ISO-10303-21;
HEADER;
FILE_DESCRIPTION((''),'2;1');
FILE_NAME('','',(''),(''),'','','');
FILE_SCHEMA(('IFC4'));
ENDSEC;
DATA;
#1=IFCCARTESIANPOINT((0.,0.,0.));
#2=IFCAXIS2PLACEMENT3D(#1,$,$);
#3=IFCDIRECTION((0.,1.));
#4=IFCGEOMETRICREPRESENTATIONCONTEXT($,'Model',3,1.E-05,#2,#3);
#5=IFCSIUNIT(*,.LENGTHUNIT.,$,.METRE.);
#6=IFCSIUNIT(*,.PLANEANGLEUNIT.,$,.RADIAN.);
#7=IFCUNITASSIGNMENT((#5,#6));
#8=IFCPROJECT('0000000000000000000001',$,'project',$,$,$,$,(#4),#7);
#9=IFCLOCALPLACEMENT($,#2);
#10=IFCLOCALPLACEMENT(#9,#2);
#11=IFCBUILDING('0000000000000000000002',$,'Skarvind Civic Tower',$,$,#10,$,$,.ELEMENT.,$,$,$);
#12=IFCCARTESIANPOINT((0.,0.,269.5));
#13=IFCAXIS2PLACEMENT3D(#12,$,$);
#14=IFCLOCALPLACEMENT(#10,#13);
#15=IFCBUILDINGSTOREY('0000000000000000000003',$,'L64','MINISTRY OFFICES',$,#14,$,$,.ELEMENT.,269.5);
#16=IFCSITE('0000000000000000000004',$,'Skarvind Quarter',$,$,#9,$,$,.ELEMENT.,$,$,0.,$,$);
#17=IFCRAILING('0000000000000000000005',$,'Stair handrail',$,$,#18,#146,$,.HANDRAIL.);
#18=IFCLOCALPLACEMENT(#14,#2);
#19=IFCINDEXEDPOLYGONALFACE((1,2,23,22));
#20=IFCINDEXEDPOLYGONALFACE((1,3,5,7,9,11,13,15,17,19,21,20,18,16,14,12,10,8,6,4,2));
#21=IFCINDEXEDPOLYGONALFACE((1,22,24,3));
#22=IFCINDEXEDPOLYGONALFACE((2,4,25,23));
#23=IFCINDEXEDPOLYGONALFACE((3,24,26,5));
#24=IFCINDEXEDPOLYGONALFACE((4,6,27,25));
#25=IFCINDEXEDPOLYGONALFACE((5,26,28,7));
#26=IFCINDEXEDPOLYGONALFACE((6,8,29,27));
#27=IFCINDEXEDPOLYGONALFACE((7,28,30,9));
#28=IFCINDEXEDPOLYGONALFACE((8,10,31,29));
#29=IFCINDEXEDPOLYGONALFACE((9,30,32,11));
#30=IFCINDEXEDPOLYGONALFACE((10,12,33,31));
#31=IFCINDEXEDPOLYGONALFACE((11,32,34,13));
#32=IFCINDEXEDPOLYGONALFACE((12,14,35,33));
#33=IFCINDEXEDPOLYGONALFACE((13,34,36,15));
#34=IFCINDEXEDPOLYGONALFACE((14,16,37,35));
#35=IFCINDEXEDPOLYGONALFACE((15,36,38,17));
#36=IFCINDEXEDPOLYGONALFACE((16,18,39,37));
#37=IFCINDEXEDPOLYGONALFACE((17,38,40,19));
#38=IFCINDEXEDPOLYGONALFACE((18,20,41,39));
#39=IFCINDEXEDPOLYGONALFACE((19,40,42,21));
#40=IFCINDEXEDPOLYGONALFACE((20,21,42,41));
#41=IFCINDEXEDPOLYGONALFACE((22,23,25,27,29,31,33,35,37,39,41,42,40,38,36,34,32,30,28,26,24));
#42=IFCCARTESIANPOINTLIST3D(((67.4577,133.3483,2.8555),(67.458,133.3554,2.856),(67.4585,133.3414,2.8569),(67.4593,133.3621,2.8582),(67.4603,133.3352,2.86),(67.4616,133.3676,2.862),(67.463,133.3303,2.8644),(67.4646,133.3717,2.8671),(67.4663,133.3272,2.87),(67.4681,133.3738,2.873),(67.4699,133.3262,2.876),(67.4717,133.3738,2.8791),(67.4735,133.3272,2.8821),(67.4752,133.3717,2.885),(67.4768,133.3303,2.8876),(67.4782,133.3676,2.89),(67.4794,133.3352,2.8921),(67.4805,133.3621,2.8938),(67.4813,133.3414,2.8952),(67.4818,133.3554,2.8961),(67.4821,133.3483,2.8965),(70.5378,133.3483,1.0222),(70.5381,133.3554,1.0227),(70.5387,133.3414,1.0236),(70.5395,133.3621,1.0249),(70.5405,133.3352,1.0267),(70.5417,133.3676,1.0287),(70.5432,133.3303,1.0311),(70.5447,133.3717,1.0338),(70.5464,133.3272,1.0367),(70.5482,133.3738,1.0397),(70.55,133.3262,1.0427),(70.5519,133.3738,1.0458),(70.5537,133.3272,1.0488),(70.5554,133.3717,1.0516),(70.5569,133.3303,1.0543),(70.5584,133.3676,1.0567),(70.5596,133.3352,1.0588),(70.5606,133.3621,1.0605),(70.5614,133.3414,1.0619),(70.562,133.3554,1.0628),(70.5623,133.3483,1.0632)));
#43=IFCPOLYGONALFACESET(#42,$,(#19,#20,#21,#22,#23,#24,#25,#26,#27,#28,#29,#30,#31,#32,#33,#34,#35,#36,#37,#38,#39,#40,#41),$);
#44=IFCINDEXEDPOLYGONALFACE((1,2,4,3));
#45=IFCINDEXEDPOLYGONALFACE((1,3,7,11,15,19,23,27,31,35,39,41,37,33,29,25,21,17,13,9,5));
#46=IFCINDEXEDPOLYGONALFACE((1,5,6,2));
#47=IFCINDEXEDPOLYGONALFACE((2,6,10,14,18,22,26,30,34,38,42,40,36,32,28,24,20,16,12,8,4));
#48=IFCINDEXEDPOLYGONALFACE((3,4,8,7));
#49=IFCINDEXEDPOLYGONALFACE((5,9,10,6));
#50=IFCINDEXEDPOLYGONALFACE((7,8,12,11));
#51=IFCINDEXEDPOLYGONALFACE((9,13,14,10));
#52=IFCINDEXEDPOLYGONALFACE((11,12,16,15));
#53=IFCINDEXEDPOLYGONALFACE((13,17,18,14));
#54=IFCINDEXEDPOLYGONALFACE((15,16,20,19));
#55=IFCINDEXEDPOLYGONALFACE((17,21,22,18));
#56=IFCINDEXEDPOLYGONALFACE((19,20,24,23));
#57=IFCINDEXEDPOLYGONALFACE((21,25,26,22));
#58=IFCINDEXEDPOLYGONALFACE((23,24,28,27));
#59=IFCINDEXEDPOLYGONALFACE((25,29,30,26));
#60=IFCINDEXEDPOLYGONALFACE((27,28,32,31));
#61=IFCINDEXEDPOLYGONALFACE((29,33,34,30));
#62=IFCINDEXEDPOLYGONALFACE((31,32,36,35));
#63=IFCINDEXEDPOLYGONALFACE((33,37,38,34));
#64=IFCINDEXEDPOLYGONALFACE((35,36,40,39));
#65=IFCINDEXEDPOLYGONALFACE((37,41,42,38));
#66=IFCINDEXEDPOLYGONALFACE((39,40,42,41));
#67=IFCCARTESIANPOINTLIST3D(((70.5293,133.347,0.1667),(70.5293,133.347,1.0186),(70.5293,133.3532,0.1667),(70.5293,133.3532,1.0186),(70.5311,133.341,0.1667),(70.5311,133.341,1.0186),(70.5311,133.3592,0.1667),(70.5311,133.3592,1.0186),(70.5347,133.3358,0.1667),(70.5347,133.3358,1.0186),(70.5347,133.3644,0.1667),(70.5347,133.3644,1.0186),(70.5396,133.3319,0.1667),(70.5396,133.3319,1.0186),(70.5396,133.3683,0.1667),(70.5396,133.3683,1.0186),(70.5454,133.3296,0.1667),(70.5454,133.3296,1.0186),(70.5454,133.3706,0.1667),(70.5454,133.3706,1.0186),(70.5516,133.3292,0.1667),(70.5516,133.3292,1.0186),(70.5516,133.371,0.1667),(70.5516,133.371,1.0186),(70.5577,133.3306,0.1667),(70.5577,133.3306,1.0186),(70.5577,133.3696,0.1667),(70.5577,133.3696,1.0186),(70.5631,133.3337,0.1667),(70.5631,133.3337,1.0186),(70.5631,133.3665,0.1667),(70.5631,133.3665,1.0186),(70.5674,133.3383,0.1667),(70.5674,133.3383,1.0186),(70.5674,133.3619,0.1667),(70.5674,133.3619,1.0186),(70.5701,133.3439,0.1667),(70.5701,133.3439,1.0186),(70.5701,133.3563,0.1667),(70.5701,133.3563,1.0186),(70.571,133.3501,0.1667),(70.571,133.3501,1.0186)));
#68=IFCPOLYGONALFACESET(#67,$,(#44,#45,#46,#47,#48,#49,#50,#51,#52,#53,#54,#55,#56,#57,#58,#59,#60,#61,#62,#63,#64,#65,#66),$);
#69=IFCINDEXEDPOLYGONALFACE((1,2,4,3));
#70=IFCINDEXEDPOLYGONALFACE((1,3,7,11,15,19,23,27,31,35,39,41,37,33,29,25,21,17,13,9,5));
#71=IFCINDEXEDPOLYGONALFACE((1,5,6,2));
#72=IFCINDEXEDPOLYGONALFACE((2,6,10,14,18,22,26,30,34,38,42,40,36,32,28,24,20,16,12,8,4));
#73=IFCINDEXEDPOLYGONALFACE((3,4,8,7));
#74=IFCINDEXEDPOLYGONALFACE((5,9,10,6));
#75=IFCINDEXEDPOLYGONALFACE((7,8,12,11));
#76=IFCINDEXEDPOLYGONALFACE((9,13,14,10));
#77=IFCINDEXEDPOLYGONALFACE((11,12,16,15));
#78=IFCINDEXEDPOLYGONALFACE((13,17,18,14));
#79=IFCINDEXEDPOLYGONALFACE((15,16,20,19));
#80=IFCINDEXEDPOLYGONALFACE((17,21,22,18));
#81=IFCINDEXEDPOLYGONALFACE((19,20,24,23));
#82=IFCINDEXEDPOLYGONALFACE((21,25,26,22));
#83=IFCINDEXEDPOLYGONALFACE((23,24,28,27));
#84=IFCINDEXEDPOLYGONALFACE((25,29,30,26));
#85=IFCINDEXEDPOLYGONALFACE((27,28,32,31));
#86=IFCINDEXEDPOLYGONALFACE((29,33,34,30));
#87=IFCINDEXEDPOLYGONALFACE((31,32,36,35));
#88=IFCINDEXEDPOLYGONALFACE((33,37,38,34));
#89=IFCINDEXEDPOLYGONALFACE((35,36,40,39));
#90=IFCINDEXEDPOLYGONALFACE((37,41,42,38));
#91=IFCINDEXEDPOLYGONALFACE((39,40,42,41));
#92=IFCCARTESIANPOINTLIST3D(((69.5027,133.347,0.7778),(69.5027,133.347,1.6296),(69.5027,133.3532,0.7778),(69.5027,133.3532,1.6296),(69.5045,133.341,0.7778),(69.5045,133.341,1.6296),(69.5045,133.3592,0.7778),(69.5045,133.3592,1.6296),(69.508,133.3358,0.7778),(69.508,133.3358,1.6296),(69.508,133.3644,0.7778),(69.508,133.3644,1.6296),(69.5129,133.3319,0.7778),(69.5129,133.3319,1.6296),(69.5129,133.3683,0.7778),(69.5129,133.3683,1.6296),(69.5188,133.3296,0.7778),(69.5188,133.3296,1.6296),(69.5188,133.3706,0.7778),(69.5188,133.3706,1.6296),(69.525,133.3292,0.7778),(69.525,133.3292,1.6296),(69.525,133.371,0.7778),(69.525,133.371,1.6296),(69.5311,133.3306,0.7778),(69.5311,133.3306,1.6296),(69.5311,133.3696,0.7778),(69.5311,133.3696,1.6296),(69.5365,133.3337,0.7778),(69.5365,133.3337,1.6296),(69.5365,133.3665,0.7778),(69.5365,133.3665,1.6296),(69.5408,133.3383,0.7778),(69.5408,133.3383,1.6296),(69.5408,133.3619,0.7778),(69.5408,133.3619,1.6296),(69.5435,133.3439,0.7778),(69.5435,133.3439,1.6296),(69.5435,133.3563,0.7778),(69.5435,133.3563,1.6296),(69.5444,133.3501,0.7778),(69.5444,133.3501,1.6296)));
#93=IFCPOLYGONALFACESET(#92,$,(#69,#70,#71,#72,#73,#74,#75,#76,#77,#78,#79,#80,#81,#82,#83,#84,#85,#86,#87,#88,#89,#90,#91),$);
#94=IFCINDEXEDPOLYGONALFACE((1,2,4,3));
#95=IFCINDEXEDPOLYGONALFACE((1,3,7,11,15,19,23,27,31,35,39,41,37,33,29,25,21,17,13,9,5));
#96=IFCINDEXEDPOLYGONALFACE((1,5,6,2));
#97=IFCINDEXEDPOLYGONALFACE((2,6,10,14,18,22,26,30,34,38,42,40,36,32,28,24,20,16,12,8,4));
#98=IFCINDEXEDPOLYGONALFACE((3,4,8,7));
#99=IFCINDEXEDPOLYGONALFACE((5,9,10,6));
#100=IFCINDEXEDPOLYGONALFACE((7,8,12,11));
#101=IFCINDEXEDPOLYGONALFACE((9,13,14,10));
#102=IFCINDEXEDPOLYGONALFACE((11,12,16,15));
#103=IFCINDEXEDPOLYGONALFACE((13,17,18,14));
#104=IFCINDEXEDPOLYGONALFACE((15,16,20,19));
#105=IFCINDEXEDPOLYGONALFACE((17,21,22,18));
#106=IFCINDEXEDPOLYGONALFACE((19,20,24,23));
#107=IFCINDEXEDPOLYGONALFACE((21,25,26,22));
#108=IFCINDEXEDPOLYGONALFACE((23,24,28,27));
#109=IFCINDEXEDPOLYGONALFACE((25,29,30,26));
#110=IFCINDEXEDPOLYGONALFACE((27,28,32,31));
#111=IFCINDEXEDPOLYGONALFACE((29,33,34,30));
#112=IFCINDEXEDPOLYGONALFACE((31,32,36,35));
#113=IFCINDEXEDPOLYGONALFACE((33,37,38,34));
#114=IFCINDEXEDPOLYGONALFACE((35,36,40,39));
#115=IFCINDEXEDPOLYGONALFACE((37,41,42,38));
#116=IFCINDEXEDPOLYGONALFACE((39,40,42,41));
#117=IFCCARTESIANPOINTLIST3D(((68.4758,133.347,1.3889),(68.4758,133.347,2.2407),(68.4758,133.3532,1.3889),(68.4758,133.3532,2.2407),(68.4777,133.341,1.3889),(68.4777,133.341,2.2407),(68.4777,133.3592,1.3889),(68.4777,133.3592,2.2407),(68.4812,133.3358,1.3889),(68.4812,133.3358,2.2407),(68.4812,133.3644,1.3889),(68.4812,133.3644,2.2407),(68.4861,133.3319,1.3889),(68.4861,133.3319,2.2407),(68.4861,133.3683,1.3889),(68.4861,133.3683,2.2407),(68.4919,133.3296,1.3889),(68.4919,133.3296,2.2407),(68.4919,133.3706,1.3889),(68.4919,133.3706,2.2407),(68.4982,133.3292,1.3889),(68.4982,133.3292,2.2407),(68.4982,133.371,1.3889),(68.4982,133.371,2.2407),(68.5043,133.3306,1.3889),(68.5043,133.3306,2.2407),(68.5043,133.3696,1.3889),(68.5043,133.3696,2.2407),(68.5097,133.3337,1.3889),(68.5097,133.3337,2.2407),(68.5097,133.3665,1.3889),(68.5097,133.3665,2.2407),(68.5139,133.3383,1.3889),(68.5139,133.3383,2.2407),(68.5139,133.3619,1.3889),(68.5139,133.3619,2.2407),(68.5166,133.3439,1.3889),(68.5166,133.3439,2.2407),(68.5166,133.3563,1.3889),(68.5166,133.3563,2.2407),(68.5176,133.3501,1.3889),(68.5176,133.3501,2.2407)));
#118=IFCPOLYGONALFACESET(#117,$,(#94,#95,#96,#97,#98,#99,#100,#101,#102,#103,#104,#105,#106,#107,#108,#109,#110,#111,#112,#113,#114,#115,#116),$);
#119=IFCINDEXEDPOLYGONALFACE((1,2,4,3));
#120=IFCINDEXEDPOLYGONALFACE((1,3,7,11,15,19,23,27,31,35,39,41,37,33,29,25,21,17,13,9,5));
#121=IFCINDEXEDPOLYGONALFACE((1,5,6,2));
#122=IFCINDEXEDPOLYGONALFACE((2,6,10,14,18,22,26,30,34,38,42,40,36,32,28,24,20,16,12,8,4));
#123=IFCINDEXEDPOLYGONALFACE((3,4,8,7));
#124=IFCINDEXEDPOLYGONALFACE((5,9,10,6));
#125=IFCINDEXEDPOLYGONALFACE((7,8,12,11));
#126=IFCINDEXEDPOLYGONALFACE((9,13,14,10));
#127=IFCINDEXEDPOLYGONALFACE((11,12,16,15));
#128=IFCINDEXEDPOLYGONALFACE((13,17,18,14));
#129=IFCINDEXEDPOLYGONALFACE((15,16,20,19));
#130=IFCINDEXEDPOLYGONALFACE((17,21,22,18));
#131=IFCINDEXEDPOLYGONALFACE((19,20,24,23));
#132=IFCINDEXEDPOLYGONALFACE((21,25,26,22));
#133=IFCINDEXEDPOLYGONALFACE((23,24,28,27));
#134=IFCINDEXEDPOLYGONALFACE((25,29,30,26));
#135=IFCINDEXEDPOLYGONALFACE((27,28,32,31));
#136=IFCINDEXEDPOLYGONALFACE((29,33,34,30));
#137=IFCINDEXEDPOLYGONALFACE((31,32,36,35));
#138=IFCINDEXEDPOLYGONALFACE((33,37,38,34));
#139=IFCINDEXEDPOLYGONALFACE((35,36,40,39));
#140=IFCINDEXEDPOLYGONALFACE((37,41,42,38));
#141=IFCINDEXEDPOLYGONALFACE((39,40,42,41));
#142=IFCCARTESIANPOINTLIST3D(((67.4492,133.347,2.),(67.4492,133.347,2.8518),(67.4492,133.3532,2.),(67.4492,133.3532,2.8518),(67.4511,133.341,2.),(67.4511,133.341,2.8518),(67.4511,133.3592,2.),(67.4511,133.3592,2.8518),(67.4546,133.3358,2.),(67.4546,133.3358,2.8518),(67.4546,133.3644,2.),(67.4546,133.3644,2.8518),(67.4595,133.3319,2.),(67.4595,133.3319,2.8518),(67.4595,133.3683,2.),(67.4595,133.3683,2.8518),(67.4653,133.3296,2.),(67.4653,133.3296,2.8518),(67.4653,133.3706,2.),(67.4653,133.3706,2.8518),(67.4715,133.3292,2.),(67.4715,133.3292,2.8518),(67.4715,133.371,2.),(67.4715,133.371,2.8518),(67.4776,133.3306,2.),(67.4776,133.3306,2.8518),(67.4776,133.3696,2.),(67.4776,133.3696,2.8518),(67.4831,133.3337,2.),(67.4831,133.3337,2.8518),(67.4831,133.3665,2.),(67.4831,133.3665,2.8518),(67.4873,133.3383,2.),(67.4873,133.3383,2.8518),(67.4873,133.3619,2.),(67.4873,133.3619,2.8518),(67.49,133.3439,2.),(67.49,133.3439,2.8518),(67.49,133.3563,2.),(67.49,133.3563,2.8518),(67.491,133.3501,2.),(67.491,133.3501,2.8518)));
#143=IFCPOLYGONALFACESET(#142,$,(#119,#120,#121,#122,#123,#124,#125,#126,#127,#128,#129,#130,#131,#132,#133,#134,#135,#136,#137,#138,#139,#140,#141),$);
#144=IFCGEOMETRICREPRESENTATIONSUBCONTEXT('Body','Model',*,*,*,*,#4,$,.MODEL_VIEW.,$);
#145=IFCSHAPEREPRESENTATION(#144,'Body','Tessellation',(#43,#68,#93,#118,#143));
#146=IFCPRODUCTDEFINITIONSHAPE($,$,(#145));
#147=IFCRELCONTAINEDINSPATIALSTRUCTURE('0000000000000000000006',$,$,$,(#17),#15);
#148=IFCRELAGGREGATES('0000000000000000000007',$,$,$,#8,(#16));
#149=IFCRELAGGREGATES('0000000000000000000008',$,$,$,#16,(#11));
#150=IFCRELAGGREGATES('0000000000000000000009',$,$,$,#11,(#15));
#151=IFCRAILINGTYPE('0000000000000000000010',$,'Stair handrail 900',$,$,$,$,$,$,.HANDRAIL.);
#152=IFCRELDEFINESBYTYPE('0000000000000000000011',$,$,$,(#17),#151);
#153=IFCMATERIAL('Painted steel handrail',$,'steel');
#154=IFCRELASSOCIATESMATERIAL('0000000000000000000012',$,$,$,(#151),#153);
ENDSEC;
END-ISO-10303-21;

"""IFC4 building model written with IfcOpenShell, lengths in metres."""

from ifc_helpers import new_model, si_unit, direction, frame, origin, origin_2d, place, context, subcontext, project, spatial, circle, extrude, material, type_object, element, save


model = new_model("IFC4")

# Units and contexts
model_context = context("Model", 3, precision=1e-05, world=origin(), true_north=direction((0.0, 1.0)))
body_context = subcontext(model_context, "Body", "Model", "MODEL_VIEW")
ifc_project = project(units=[si_unit("LENGTHUNIT", "METRE"), si_unit("PLANEANGLEUNIT", "RADIAN")], contexts=[model_context])

# Site, building, storey
site_placement = place(None, origin())
site = spatial("IfcSite", under=ifc_project, at=site_placement, Name="Skarvind Quarter", CompositionType="ELEMENT", RefElevation=0.0)
building_placement = place(site_placement, origin())
building = spatial("IfcBuilding", under=site, at=building_placement, Name="Skarvind Civic Tower", CompositionType="ELEMENT")
storey_placement = place(building_placement, frame((0.0, 0.0, 269.5)))
storey = spatial("IfcBuildingStorey", under=building, at=storey_placement, Name="L64", Description="MINISTRY OFFICES", CompositionType="ELEMENT", Elevation=269.5)

# Railing
ifc_material_1 = material(Name="Painted steel handrail", Category="steel")
railing_type = type_object("IfcRailingType", Name="Stair handrail 900", PredefinedType="HANDRAIL", material=ifc_material_1)
railing_1_placement = place(storey_placement, frame((70.55, 133.3501, 0.1667)))
element("IfcRailing", 1, at=railing_1_placement, inside=storey, type_object=railing_type, Name="Stair handrail", PredefinedType="HANDRAIL", context=body_context, shape_type="SweptSolid", body=[
    extrude(circle(Radius=0.0239, at=origin_2d()), frame((0.0, 0.0, 0.876), z_axis=(-0.859309, 0.0, 0.511458), x_axis=(0.0, -1.0, 0.0)), (0.0, 0.0, 1.0), 3.5845),
    extrude(circle(Radius=0.021, at=origin_2d()), origin(), (0.0, 0.0, 1.0), 0.8518),
    extrude(circle(Radius=0.021, at=origin_2d()), frame((-1.0266, 0.0, 0.6111)), (0.0, 0.0, 1.0), 0.8518),
    extrude(circle(Radius=0.021, at=origin_2d()), frame((-2.0535, 0.0, 1.2222)), (0.0, 0.0, 1.0), 0.8518),
    extrude(circle(Radius=0.021, at=origin_2d()), frame((-3.0801, 0.0, 1.8333)), (0.0, 0.0, 1.0), 0.8518),
])

save(model, "model.ifc")
